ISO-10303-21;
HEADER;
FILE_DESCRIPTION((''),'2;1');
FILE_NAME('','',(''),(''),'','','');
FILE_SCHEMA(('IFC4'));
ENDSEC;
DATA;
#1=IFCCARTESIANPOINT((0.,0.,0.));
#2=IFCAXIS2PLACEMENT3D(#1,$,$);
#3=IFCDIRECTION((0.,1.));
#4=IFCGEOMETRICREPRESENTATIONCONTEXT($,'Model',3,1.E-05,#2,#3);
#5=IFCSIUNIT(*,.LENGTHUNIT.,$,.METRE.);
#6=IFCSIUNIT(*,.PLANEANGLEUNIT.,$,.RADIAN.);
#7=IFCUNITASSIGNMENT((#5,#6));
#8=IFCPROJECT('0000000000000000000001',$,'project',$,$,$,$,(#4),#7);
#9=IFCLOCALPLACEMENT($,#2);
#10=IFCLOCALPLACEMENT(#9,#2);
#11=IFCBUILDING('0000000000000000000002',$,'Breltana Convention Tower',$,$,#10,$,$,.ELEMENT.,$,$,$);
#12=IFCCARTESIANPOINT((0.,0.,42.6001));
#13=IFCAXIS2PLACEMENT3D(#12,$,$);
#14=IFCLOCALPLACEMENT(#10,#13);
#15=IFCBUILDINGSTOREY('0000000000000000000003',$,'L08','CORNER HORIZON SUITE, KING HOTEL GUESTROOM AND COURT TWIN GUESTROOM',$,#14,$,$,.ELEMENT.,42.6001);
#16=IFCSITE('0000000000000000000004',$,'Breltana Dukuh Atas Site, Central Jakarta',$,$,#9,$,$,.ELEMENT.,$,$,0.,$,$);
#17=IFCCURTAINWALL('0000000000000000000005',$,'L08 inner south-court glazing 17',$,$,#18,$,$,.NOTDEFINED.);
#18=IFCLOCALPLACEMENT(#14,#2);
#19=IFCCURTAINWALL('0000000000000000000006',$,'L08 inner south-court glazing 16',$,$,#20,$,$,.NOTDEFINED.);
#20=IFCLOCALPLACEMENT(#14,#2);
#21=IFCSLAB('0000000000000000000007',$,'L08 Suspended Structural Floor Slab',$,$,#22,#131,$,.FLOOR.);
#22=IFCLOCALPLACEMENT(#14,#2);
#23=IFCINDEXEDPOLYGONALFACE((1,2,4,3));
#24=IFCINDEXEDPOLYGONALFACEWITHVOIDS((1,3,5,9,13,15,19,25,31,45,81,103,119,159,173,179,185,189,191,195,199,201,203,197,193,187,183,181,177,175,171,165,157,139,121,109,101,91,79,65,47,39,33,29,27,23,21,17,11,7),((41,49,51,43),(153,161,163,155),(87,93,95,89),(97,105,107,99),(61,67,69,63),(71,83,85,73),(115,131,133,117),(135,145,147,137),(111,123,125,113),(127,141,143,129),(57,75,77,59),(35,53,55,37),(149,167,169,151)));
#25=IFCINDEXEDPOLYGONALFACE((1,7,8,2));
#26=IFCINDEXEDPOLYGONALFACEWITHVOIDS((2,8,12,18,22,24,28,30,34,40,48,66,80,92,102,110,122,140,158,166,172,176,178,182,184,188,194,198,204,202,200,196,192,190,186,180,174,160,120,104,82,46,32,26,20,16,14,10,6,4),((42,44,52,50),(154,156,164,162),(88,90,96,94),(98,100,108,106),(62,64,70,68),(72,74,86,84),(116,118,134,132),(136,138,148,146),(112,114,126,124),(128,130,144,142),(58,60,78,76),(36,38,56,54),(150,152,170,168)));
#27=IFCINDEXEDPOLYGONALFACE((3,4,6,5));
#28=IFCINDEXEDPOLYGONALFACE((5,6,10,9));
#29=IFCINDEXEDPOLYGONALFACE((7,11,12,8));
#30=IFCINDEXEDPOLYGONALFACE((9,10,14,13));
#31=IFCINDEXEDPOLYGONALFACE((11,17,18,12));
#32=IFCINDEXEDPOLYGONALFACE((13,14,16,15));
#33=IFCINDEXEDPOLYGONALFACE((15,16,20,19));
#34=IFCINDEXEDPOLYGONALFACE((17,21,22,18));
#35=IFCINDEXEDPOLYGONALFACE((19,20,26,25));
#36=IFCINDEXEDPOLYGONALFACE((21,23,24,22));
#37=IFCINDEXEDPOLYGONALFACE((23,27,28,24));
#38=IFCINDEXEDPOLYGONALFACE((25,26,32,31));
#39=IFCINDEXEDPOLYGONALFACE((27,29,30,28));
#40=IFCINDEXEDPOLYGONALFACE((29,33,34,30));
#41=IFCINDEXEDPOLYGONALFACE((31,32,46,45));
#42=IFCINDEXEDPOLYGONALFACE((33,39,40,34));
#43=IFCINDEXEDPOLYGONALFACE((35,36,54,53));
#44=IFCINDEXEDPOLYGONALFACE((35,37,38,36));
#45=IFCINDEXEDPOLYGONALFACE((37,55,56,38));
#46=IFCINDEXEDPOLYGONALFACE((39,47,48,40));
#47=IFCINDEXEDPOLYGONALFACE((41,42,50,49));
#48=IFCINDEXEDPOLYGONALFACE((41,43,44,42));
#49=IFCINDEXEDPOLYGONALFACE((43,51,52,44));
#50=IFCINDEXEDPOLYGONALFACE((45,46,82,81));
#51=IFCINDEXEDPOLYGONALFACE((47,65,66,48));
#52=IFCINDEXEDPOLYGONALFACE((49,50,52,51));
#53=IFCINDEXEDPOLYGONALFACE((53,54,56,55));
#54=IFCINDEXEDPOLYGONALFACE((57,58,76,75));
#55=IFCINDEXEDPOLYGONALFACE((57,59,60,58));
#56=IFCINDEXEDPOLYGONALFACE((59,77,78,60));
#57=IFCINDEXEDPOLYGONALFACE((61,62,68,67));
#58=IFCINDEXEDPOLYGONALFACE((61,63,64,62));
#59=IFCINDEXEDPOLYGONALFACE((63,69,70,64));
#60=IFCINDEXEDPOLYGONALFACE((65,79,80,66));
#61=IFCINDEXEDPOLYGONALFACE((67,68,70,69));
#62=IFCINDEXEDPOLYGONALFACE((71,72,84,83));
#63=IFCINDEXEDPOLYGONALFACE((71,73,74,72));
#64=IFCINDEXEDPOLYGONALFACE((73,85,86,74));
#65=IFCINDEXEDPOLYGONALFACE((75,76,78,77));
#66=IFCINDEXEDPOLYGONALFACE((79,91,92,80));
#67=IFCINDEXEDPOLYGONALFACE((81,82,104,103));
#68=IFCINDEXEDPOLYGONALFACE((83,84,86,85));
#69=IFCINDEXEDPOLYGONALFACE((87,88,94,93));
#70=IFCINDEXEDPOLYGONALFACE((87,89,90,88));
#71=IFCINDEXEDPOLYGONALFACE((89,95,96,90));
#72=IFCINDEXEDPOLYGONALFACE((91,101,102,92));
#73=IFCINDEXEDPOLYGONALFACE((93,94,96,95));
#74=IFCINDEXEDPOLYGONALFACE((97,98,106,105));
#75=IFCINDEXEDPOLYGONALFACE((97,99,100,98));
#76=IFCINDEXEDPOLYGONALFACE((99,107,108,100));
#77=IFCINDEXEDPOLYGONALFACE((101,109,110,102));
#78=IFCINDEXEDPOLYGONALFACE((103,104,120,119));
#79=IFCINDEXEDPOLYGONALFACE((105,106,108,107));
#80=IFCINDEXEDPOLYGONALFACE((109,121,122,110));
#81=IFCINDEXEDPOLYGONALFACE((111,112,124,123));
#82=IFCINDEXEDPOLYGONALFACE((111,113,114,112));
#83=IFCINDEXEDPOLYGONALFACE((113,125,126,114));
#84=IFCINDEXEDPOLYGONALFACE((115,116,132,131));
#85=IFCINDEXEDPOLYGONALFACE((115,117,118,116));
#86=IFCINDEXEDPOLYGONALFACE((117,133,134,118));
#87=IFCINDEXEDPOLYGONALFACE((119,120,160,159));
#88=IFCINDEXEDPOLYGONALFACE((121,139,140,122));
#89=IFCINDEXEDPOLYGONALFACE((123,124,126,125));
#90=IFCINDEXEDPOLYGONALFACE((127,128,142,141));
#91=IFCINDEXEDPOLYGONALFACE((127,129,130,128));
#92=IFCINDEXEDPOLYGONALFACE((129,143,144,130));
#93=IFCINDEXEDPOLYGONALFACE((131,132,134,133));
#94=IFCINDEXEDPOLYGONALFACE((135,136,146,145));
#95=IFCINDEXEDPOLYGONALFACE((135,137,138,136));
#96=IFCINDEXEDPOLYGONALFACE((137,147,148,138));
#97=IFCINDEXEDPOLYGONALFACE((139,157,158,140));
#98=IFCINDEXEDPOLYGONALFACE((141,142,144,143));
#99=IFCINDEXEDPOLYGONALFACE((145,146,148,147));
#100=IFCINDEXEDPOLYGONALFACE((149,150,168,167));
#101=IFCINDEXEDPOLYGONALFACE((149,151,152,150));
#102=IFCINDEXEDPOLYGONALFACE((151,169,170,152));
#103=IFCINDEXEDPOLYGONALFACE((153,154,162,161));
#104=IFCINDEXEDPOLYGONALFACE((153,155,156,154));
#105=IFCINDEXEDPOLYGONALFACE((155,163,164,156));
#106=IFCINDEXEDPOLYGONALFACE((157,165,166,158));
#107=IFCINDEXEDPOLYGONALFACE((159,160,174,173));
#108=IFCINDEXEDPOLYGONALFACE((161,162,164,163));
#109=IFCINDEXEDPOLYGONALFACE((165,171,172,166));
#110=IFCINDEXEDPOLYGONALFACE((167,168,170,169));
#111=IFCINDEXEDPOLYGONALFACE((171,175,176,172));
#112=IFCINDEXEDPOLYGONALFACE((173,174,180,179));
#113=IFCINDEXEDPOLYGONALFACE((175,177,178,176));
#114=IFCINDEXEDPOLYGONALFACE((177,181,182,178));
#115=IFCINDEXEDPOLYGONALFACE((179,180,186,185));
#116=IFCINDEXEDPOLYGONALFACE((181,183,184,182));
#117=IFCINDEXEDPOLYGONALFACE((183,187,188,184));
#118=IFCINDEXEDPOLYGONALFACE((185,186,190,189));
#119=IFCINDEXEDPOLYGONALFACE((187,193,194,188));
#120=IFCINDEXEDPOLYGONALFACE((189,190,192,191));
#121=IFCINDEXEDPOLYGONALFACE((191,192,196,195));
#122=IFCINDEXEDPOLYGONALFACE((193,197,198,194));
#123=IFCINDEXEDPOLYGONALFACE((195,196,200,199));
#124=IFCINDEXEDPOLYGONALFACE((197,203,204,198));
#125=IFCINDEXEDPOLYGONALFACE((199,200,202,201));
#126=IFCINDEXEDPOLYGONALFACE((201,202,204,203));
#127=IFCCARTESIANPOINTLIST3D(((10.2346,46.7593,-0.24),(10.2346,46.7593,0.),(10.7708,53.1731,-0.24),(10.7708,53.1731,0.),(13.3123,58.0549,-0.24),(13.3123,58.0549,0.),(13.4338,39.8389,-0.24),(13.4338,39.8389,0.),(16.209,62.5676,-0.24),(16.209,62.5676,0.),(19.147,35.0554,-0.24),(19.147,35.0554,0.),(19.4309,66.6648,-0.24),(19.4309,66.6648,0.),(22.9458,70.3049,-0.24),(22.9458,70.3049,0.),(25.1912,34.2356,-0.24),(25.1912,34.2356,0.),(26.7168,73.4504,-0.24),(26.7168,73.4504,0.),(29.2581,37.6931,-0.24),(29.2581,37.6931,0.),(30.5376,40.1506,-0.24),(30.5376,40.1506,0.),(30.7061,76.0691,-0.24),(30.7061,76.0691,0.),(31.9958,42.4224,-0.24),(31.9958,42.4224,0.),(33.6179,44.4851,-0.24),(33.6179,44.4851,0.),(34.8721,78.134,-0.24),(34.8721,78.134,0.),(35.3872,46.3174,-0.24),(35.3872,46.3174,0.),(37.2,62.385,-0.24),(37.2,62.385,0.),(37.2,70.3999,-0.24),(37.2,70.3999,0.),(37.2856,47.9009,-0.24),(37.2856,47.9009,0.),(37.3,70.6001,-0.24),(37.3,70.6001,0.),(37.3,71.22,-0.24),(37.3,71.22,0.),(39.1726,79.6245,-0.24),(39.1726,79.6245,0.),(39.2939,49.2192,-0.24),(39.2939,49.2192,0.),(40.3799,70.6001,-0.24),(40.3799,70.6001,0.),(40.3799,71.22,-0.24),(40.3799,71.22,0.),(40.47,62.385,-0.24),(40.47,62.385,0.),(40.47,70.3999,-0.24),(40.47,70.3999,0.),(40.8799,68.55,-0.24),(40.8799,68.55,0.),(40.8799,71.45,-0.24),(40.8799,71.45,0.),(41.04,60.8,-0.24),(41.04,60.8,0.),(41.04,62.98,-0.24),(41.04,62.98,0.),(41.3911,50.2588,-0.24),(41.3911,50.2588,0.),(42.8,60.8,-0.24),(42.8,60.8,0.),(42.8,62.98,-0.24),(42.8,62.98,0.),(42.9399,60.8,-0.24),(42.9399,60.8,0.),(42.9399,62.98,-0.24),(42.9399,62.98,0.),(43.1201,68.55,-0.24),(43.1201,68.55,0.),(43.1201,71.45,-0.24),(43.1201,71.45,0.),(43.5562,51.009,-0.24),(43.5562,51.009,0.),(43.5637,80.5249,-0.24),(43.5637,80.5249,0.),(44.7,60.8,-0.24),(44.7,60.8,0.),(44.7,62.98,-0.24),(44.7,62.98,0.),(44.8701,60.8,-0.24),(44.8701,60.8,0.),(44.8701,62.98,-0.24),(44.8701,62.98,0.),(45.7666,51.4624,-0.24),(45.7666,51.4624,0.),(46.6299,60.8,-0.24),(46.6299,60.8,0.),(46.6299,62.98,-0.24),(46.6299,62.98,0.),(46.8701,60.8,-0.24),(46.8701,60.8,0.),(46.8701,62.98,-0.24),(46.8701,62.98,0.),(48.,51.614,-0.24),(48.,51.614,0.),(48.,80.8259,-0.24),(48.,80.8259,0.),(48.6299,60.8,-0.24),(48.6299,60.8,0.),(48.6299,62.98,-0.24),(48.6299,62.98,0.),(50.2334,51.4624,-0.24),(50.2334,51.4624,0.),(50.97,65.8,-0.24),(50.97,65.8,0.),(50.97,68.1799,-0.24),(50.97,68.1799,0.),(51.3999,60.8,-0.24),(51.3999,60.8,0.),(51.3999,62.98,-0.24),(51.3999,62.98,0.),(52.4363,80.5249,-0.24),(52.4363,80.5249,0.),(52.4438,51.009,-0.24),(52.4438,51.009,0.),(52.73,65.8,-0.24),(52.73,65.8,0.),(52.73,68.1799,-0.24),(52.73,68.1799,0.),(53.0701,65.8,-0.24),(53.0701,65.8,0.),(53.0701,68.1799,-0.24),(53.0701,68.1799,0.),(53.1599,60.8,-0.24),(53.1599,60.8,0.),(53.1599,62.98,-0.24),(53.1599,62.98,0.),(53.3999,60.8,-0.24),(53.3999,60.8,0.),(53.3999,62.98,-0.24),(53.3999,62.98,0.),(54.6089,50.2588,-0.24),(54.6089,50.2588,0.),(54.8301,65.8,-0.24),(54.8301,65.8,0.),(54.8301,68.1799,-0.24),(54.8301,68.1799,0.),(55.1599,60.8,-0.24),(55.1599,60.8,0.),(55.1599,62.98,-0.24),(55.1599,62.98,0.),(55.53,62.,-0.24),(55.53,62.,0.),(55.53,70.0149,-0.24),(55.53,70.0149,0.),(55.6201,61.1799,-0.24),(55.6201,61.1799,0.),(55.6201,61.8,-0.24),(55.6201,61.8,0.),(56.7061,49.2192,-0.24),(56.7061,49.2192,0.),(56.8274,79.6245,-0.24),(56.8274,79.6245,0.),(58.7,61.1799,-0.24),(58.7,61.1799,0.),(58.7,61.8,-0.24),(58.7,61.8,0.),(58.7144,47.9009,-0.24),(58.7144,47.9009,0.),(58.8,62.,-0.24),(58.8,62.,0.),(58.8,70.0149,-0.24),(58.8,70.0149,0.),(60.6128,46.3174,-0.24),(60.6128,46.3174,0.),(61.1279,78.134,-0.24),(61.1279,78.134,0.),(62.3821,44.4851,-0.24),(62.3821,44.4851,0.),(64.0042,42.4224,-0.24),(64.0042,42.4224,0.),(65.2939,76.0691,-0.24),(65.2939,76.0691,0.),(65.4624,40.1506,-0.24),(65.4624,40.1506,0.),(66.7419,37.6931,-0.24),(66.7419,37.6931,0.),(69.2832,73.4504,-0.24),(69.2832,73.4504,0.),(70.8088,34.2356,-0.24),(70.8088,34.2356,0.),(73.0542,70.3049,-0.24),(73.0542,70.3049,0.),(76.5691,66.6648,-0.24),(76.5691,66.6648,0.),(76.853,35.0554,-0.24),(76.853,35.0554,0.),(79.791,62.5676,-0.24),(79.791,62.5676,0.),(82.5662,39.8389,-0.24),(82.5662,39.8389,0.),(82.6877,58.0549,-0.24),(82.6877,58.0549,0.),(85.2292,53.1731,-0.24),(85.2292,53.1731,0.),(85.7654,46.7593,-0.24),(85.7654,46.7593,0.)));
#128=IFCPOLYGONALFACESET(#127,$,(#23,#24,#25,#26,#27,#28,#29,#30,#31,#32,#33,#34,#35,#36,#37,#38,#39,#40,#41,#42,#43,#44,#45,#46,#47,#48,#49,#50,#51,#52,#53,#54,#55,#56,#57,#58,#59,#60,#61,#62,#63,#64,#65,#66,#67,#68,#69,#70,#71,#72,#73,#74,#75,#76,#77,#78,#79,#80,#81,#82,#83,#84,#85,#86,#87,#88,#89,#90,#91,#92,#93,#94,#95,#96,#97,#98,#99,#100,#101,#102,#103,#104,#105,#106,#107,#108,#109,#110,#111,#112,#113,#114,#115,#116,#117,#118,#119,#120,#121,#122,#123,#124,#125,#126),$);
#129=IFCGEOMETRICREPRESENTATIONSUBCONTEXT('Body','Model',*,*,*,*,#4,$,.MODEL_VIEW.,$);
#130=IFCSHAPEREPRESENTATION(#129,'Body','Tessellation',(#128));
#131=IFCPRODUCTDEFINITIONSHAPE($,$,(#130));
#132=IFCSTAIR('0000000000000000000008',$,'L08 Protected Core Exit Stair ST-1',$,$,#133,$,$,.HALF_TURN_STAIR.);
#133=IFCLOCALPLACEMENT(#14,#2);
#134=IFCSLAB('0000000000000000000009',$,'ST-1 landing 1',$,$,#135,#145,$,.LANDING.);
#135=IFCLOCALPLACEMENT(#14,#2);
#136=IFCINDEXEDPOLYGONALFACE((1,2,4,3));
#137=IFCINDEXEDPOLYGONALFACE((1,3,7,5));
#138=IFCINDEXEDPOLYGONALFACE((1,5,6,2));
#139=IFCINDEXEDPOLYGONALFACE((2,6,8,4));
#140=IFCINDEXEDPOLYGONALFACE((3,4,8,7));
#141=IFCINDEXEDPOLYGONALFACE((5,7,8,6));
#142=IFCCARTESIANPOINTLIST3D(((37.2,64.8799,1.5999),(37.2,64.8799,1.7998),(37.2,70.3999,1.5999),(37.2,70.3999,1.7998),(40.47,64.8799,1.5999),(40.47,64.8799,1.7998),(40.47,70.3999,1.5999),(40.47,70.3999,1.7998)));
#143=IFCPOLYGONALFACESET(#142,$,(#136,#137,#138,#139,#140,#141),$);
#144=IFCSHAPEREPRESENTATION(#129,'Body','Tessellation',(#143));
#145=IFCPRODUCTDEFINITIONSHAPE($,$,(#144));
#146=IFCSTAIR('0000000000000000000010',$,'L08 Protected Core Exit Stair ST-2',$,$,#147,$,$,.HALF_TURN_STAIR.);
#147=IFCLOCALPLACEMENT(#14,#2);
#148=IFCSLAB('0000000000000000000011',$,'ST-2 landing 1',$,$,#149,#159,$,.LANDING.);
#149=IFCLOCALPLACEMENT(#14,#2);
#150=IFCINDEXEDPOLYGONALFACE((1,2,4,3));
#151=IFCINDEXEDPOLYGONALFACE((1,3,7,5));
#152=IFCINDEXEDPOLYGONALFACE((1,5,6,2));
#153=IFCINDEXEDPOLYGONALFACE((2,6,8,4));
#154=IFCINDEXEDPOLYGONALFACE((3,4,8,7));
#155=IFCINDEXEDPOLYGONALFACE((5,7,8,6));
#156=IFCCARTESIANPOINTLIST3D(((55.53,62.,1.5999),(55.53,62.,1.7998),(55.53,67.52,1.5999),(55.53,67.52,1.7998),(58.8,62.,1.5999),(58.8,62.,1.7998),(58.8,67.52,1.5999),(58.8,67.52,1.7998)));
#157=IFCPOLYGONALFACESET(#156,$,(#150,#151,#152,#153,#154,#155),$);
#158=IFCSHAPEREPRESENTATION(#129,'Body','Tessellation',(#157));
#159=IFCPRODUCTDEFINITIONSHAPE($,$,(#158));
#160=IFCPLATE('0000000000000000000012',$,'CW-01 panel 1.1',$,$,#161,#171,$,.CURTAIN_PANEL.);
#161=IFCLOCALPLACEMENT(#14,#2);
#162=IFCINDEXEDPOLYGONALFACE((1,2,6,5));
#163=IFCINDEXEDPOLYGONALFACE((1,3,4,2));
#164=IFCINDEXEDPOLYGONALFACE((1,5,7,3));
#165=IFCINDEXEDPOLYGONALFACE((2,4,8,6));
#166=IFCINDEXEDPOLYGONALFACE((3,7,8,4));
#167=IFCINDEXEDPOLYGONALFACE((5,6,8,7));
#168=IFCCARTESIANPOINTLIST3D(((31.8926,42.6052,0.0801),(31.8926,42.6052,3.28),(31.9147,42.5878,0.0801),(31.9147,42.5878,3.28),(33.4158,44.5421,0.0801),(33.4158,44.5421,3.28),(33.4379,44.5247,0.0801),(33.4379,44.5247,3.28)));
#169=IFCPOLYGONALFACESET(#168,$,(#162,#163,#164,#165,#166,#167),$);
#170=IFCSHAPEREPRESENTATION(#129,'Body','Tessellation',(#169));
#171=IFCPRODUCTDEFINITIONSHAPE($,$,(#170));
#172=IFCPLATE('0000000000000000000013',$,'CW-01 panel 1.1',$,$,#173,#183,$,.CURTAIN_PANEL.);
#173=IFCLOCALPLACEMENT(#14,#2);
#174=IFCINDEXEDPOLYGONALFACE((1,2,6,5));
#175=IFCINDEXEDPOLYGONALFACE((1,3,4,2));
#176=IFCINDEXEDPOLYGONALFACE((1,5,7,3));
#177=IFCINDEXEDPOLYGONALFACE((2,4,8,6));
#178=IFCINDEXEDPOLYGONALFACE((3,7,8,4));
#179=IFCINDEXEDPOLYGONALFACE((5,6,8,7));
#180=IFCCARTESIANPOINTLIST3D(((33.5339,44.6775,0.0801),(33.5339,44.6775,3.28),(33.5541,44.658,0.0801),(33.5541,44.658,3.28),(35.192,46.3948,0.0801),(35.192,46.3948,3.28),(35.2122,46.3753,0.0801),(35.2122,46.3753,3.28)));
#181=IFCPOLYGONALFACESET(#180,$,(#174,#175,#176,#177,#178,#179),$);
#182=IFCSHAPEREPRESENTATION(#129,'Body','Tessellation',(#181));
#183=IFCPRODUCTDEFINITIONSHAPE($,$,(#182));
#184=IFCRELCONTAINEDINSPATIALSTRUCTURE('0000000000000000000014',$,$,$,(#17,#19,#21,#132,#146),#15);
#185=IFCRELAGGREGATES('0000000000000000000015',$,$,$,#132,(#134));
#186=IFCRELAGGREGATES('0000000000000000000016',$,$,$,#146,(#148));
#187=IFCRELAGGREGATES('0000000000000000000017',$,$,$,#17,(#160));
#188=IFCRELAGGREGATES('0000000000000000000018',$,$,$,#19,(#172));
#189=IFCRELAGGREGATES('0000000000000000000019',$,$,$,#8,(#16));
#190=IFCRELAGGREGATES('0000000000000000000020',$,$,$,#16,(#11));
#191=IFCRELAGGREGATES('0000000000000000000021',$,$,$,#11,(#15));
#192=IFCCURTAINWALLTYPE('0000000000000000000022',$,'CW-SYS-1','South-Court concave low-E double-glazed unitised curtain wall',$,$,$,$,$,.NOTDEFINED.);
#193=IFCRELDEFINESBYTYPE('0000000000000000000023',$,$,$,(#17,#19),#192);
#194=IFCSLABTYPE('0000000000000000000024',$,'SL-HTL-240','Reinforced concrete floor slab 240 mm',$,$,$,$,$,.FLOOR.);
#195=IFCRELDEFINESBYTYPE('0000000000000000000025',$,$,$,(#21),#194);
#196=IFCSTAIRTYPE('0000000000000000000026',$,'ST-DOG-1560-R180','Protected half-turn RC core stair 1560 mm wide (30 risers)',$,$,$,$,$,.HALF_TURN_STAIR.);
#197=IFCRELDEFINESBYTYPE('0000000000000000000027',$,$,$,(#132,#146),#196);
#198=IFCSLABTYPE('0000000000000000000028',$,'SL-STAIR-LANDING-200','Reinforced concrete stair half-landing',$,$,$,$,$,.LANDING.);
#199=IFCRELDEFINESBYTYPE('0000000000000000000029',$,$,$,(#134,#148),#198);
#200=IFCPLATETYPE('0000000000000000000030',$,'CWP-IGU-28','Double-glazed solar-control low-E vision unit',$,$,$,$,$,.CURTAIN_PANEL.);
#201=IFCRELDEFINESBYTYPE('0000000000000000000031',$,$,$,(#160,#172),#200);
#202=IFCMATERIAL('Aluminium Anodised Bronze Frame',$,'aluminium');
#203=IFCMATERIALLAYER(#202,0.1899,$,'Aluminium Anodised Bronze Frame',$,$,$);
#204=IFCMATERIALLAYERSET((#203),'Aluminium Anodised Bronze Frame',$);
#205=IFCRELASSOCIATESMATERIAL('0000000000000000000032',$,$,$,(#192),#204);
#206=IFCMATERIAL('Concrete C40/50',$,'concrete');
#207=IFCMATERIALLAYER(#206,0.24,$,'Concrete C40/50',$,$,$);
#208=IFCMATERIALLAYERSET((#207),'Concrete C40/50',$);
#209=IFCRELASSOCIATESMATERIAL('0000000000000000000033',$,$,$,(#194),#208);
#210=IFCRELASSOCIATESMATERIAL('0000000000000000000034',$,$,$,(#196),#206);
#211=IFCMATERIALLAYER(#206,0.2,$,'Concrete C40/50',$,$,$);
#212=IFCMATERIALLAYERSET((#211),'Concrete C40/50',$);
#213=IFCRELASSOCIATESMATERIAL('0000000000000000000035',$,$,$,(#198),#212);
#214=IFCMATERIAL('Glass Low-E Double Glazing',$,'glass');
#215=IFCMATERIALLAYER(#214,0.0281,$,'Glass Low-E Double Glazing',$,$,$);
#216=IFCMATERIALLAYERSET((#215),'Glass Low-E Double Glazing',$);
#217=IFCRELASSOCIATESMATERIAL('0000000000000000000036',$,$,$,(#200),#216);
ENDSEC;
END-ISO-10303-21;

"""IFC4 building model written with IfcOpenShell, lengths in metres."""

from ifc_helpers import new_model, si_unit, direction, frame, origin, origin_2d, place, context, subcontext, project, spatial, polyline, rectangle, outline, extrude, source, transform, mapped, material, layer, layer_set, type_object, element, aggregate, save


model = new_model("IFC4")

# Units and contexts
model_context = context("Model", 3, precision=1e-05, world=origin(), true_north=direction((0.0, 1.0)))
body_context = subcontext(model_context, "Body", "Model", "MODEL_VIEW")
ifc_project = project(units=[si_unit("LENGTHUNIT", "METRE"), si_unit("PLANEANGLEUNIT", "RADIAN")], contexts=[model_context])

# Site, building, storey
site_placement = place(None, origin())
site = spatial("IfcSite", under=ifc_project, at=site_placement, Name="Breltana Dukuh Atas Site, Central Jakarta", CompositionType="ELEMENT", RefElevation=0.0)
building_placement = place(site_placement, origin())
building = spatial("IfcBuilding", under=site, at=building_placement, Name="Breltana Convention Tower", CompositionType="ELEMENT")
storey_placement = place(building_placement, frame((0.0, 0.0, 42.6001)))
storey = spatial("IfcBuildingStorey", under=building, at=storey_placement, Name="L08", Description="CORNER HORIZON SUITE, KING HOTEL GUESTROOM AND COURT TWIN GUESTROOM", CompositionType="ELEMENT", Elevation=42.6001)

# Curtain wall
ifc_material_1 = material(Name="Aluminium Anodised Bronze Frame", Category="aluminium")
ifc_layer_1 = layer(ifc_material_1, 0.1899, Name="Aluminium Anodised Bronze Frame")
ifc_layer_set_1 = layer_set([ifc_layer_1], Name="Aluminium Anodised Bronze Frame")
curtain_wall_type = type_object("IfcCurtainWallType", Name="CW-SYS-1", Description="South-Court concave low-E double-glazed unitised curtain wall", PredefinedType="NOTDEFINED", material=ifc_layer_set_1)
curtain_wall_1_placement = place(storey_placement, origin())
curtain_wall_1 = element("IfcCurtainWall", 1, at=curtain_wall_1_placement, inside=storey, type_object=curtain_wall_type, Name="L08 inner south-court glazing 17", PredefinedType="NOTDEFINED")

# Curtain wall
curtain_wall_2_placement = place(storey_placement, origin())
curtain_wall_2 = element("IfcCurtainWall", 2, at=curtain_wall_2_placement, inside=storey, type_object=curtain_wall_type, Name="L08 inner south-court glazing 16", PredefinedType="NOTDEFINED")

# Slab
ifc_material_2 = material(Name="Concrete C40/50", Category="concrete")
ifc_layer_2 = layer(ifc_material_2, 0.24, Name="Concrete C40/50")
ifc_layer_set_2 = layer_set([ifc_layer_2], Name="Concrete C40/50")
slab_type_1 = type_object("IfcSlabType", Name="SL-HTL-240", Description="Reinforced concrete floor slab 240 mm", PredefinedType="FLOOR", material=ifc_layer_set_2)
slab_1_placement = place(storey_placement, frame((0.0, 0.0, -0.24)))
element("IfcSlab", 3, at=slab_1_placement, inside=storey, type_object=slab_type_1, Name="L08 Suspended Structural Floor Slab", PredefinedType="FLOOR", context=body_context, shape_type="SweptSolid", body=[
    extrude(outline(polyline([(85.2292, 53.1731), (82.6877, 58.0549), (79.791, 62.5676), (76.5691, 66.6648), (73.0542, 70.3049), (69.2832, 73.4504), (65.2939, 76.0691), (61.1279, 78.134), (56.8274, 79.6245), (52.4363, 80.5249), (48.0, 80.8259), (43.5637, 80.5249), (39.1726, 79.6245), (34.8721, 78.134), (30.7061, 76.0691), (26.7168, 73.4504), (22.9458, 70.3049), (19.4309, 66.6648), (16.209, 62.5676), (13.3123, 58.0549), (10.7708, 53.1731), (10.2346, 46.7593), (13.4338, 39.8389), (19.147, 35.0554), (25.1912, 34.2356), (29.2581, 37.6931), (30.5376, 40.1506), (31.9958, 42.4224), (33.6179, 44.4851), (35.3872, 46.3174), (37.2856, 47.9009), (39.2939, 49.2192), (41.3911, 50.2588), (43.5562, 51.009), (45.7666, 51.4624), (48.0, 51.614), (50.2334, 51.4624), (52.4438, 51.009), (54.6089, 50.2588), (56.7061, 49.2192), (58.7144, 47.9009), (60.6128, 46.3174), (62.3821, 44.4851), (64.0042, 42.4224), (65.4624, 40.1506), (66.7419, 37.6931), (70.8088, 34.2356), (76.853, 35.0554), (82.5662, 39.8389), (85.7654, 46.7593), (85.2292, 53.1731)]), holes=[polyline([(37.2, 62.385), (40.47, 62.385), (40.47, 70.3999), (37.2, 70.3999), (37.2, 62.385)]), polyline([(55.53, 62.0), (58.8, 62.0), (58.8, 70.0149), (55.53, 70.0149), (55.53, 62.0)]), polyline([(41.04, 60.8), (42.8, 60.8), (42.8, 62.98), (41.04, 62.98), (41.04, 60.8)]), polyline([(42.9399, 60.8), (44.7, 60.8), (44.7, 62.98), (42.9399, 62.98), (42.9399, 60.8)]), polyline([(44.8701, 60.8), (46.6299, 60.8), (46.6299, 62.98), (44.8701, 62.98), (44.8701, 60.8)]), polyline([(46.8701, 60.8), (48.6299, 60.8), (48.6299, 62.98), (46.8701, 62.98), (46.8701, 60.8)]), polyline([(51.3999, 60.8), (53.1599, 60.8), (53.1599, 62.98), (51.3999, 62.98), (51.3999, 60.8)]), polyline([(53.3999, 60.8), (55.1599, 60.8), (55.1599, 62.98), (53.3999, 62.98), (53.3999, 60.8)]), polyline([(50.97, 65.8), (52.73, 65.8), (52.73, 68.1799), (50.97, 68.1799), (50.97, 65.8)]), polyline([(53.0701, 65.8), (54.8301, 65.8), (54.8301, 68.1799), (53.0701, 68.1799), (53.0701, 65.8)]), polyline([(40.8799, 68.55), (43.1201, 68.55), (43.1201, 71.45), (40.8799, 71.45), (40.8799, 68.55)]), polyline([(37.3, 70.6001), (40.3799, 70.6001), (40.3799, 71.22), (37.3, 71.22), (37.3, 70.6001)]), polyline([(55.6201, 61.1799), (58.7, 61.1799), (58.7, 61.8), (55.6201, 61.8), (55.6201, 61.1799)])]), origin(), (0.0, 0.0, 1.0), 0.24),
])

# Stairs, slabs
stair_type = type_object("IfcStairType", Name="ST-DOG-1560-R180", Description="Protected half-turn RC core stair 1560 mm wide (30 risers)", PredefinedType="HALF_TURN_STAIR", material=ifc_material_2)
stair_1_placement = place(storey_placement, origin())
stair_1 = element("IfcStair", 4, at=stair_1_placement, inside=storey, type_object=stair_type, Name="L08 Protected Core Exit Stair ST-1", PredefinedType="HALF_TURN_STAIR")
ifc_layer_3 = layer(ifc_material_2, 0.2, Name="Concrete C40/50")
ifc_layer_set_3 = layer_set([ifc_layer_3], Name="Concrete C40/50")
slab_type_2 = type_object("IfcSlabType", Name="SL-STAIR-LANDING-200", Description="Reinforced concrete stair half-landing", PredefinedType="LANDING", material=ifc_layer_set_3)
slab_2_placement = place(storey_placement, frame((0.0, 0.0, 1.5999)))
slab_2 = element("IfcSlab", 5, at=slab_2_placement, type_object=slab_type_2, Name="ST-1 landing 1", PredefinedType="LANDING", context=body_context, shape_type="SweptSolid", body=[
    extrude(outline(polyline([(40.47, 64.8799), (40.47, 70.3999), (37.2, 70.3999), (37.2, 64.8799), (40.47, 64.8799)])), origin(), (0.0, 0.0, 1.0), 0.2),
])
aggregate(stair_1, [slab_2])
stair_2_placement = place(storey_placement, origin())
stair_2 = element("IfcStair", 6, at=stair_2_placement, inside=storey, type_object=stair_type, Name="L08 Protected Core Exit Stair ST-2", PredefinedType="HALF_TURN_STAIR")
slab_3_placement = place(storey_placement, frame((0.0, 0.0, 1.5999)))
slab_3 = element("IfcSlab", 7, at=slab_3_placement, type_object=slab_type_2, Name="ST-2 landing 1", PredefinedType="LANDING", context=body_context, shape_type="SweptSolid", body=[
    extrude(outline(polyline([(55.53, 67.52), (55.53, 62.0), (58.8, 62.0), (58.8, 67.52), (55.53, 67.52)])), origin(), (0.0, 0.0, 1.0), 0.2),
])
aggregate(stair_2, [slab_3])

# Plates
ifc_material_3 = material(Name="Glass Low-E Double Glazing", Category="glass")
ifc_layer_4 = layer(ifc_material_3, 0.0281, Name="Glass Low-E Double Glazing")
ifc_layer_set_4 = layer_set([ifc_layer_4], Name="Glass Low-E Double Glazing")
plate_type = type_object("IfcPlateType", Name="CWP-IGU-28", Description="Double-glazed solar-control low-E vision unit", PredefinedType="CURTAIN_PANEL", material=ifc_layer_set_4)
shared_shape_1 = source(origin(), body_context, "Body", "SweptSolid", [
    extrude(rectangle(XDim=2.4641, YDim=0.0281, at=origin_2d()), origin(), (0.0, 0.0, 1.0), 3.2),
])
plate_1_placement = place(storey_placement, frame((32.6653, 43.5649, 0.0801), z_axis=(0.0, 0.0, 1.0), x_axis=(-0.618153, -0.786058, 0.0)))
plate_1 = element("IfcPlate", 8, at=plate_1_placement, type_object=plate_type, Name="CW-01 panel 1.1", PredefinedType="CURTAIN_PANEL", context=body_context, shape_type="MappedRepresentation", body=[
    mapped(shared_shape_1, transform((0.0, 0.0, 0.0), scale=1.0)),
])
aggregate(curtain_wall_1, [plate_1])
shared_shape_2 = source(origin(), body_context, "Body", "SweptSolid", [
    extrude(rectangle(XDim=2.3872, YDim=0.0281, at=origin_2d()), origin(), (0.0, 0.0, 1.0), 3.2),
])
plate_2_placement = place(storey_placement, frame((34.373, 45.5264, 0.0801), z_axis=(0.0, 0.0, 1.0), x_axis=(-0.694612, -0.719385, 0.0)))
plate_2 = element("IfcPlate", 9, at=plate_2_placement, type_object=plate_type, Name="CW-01 panel 1.1", PredefinedType="CURTAIN_PANEL", context=body_context, shape_type="MappedRepresentation", body=[
    mapped(shared_shape_2, transform((0.0, 0.0, 0.0), scale=1.0)),
])
aggregate(curtain_wall_2, [plate_2])

save(model, "model.ifc")
